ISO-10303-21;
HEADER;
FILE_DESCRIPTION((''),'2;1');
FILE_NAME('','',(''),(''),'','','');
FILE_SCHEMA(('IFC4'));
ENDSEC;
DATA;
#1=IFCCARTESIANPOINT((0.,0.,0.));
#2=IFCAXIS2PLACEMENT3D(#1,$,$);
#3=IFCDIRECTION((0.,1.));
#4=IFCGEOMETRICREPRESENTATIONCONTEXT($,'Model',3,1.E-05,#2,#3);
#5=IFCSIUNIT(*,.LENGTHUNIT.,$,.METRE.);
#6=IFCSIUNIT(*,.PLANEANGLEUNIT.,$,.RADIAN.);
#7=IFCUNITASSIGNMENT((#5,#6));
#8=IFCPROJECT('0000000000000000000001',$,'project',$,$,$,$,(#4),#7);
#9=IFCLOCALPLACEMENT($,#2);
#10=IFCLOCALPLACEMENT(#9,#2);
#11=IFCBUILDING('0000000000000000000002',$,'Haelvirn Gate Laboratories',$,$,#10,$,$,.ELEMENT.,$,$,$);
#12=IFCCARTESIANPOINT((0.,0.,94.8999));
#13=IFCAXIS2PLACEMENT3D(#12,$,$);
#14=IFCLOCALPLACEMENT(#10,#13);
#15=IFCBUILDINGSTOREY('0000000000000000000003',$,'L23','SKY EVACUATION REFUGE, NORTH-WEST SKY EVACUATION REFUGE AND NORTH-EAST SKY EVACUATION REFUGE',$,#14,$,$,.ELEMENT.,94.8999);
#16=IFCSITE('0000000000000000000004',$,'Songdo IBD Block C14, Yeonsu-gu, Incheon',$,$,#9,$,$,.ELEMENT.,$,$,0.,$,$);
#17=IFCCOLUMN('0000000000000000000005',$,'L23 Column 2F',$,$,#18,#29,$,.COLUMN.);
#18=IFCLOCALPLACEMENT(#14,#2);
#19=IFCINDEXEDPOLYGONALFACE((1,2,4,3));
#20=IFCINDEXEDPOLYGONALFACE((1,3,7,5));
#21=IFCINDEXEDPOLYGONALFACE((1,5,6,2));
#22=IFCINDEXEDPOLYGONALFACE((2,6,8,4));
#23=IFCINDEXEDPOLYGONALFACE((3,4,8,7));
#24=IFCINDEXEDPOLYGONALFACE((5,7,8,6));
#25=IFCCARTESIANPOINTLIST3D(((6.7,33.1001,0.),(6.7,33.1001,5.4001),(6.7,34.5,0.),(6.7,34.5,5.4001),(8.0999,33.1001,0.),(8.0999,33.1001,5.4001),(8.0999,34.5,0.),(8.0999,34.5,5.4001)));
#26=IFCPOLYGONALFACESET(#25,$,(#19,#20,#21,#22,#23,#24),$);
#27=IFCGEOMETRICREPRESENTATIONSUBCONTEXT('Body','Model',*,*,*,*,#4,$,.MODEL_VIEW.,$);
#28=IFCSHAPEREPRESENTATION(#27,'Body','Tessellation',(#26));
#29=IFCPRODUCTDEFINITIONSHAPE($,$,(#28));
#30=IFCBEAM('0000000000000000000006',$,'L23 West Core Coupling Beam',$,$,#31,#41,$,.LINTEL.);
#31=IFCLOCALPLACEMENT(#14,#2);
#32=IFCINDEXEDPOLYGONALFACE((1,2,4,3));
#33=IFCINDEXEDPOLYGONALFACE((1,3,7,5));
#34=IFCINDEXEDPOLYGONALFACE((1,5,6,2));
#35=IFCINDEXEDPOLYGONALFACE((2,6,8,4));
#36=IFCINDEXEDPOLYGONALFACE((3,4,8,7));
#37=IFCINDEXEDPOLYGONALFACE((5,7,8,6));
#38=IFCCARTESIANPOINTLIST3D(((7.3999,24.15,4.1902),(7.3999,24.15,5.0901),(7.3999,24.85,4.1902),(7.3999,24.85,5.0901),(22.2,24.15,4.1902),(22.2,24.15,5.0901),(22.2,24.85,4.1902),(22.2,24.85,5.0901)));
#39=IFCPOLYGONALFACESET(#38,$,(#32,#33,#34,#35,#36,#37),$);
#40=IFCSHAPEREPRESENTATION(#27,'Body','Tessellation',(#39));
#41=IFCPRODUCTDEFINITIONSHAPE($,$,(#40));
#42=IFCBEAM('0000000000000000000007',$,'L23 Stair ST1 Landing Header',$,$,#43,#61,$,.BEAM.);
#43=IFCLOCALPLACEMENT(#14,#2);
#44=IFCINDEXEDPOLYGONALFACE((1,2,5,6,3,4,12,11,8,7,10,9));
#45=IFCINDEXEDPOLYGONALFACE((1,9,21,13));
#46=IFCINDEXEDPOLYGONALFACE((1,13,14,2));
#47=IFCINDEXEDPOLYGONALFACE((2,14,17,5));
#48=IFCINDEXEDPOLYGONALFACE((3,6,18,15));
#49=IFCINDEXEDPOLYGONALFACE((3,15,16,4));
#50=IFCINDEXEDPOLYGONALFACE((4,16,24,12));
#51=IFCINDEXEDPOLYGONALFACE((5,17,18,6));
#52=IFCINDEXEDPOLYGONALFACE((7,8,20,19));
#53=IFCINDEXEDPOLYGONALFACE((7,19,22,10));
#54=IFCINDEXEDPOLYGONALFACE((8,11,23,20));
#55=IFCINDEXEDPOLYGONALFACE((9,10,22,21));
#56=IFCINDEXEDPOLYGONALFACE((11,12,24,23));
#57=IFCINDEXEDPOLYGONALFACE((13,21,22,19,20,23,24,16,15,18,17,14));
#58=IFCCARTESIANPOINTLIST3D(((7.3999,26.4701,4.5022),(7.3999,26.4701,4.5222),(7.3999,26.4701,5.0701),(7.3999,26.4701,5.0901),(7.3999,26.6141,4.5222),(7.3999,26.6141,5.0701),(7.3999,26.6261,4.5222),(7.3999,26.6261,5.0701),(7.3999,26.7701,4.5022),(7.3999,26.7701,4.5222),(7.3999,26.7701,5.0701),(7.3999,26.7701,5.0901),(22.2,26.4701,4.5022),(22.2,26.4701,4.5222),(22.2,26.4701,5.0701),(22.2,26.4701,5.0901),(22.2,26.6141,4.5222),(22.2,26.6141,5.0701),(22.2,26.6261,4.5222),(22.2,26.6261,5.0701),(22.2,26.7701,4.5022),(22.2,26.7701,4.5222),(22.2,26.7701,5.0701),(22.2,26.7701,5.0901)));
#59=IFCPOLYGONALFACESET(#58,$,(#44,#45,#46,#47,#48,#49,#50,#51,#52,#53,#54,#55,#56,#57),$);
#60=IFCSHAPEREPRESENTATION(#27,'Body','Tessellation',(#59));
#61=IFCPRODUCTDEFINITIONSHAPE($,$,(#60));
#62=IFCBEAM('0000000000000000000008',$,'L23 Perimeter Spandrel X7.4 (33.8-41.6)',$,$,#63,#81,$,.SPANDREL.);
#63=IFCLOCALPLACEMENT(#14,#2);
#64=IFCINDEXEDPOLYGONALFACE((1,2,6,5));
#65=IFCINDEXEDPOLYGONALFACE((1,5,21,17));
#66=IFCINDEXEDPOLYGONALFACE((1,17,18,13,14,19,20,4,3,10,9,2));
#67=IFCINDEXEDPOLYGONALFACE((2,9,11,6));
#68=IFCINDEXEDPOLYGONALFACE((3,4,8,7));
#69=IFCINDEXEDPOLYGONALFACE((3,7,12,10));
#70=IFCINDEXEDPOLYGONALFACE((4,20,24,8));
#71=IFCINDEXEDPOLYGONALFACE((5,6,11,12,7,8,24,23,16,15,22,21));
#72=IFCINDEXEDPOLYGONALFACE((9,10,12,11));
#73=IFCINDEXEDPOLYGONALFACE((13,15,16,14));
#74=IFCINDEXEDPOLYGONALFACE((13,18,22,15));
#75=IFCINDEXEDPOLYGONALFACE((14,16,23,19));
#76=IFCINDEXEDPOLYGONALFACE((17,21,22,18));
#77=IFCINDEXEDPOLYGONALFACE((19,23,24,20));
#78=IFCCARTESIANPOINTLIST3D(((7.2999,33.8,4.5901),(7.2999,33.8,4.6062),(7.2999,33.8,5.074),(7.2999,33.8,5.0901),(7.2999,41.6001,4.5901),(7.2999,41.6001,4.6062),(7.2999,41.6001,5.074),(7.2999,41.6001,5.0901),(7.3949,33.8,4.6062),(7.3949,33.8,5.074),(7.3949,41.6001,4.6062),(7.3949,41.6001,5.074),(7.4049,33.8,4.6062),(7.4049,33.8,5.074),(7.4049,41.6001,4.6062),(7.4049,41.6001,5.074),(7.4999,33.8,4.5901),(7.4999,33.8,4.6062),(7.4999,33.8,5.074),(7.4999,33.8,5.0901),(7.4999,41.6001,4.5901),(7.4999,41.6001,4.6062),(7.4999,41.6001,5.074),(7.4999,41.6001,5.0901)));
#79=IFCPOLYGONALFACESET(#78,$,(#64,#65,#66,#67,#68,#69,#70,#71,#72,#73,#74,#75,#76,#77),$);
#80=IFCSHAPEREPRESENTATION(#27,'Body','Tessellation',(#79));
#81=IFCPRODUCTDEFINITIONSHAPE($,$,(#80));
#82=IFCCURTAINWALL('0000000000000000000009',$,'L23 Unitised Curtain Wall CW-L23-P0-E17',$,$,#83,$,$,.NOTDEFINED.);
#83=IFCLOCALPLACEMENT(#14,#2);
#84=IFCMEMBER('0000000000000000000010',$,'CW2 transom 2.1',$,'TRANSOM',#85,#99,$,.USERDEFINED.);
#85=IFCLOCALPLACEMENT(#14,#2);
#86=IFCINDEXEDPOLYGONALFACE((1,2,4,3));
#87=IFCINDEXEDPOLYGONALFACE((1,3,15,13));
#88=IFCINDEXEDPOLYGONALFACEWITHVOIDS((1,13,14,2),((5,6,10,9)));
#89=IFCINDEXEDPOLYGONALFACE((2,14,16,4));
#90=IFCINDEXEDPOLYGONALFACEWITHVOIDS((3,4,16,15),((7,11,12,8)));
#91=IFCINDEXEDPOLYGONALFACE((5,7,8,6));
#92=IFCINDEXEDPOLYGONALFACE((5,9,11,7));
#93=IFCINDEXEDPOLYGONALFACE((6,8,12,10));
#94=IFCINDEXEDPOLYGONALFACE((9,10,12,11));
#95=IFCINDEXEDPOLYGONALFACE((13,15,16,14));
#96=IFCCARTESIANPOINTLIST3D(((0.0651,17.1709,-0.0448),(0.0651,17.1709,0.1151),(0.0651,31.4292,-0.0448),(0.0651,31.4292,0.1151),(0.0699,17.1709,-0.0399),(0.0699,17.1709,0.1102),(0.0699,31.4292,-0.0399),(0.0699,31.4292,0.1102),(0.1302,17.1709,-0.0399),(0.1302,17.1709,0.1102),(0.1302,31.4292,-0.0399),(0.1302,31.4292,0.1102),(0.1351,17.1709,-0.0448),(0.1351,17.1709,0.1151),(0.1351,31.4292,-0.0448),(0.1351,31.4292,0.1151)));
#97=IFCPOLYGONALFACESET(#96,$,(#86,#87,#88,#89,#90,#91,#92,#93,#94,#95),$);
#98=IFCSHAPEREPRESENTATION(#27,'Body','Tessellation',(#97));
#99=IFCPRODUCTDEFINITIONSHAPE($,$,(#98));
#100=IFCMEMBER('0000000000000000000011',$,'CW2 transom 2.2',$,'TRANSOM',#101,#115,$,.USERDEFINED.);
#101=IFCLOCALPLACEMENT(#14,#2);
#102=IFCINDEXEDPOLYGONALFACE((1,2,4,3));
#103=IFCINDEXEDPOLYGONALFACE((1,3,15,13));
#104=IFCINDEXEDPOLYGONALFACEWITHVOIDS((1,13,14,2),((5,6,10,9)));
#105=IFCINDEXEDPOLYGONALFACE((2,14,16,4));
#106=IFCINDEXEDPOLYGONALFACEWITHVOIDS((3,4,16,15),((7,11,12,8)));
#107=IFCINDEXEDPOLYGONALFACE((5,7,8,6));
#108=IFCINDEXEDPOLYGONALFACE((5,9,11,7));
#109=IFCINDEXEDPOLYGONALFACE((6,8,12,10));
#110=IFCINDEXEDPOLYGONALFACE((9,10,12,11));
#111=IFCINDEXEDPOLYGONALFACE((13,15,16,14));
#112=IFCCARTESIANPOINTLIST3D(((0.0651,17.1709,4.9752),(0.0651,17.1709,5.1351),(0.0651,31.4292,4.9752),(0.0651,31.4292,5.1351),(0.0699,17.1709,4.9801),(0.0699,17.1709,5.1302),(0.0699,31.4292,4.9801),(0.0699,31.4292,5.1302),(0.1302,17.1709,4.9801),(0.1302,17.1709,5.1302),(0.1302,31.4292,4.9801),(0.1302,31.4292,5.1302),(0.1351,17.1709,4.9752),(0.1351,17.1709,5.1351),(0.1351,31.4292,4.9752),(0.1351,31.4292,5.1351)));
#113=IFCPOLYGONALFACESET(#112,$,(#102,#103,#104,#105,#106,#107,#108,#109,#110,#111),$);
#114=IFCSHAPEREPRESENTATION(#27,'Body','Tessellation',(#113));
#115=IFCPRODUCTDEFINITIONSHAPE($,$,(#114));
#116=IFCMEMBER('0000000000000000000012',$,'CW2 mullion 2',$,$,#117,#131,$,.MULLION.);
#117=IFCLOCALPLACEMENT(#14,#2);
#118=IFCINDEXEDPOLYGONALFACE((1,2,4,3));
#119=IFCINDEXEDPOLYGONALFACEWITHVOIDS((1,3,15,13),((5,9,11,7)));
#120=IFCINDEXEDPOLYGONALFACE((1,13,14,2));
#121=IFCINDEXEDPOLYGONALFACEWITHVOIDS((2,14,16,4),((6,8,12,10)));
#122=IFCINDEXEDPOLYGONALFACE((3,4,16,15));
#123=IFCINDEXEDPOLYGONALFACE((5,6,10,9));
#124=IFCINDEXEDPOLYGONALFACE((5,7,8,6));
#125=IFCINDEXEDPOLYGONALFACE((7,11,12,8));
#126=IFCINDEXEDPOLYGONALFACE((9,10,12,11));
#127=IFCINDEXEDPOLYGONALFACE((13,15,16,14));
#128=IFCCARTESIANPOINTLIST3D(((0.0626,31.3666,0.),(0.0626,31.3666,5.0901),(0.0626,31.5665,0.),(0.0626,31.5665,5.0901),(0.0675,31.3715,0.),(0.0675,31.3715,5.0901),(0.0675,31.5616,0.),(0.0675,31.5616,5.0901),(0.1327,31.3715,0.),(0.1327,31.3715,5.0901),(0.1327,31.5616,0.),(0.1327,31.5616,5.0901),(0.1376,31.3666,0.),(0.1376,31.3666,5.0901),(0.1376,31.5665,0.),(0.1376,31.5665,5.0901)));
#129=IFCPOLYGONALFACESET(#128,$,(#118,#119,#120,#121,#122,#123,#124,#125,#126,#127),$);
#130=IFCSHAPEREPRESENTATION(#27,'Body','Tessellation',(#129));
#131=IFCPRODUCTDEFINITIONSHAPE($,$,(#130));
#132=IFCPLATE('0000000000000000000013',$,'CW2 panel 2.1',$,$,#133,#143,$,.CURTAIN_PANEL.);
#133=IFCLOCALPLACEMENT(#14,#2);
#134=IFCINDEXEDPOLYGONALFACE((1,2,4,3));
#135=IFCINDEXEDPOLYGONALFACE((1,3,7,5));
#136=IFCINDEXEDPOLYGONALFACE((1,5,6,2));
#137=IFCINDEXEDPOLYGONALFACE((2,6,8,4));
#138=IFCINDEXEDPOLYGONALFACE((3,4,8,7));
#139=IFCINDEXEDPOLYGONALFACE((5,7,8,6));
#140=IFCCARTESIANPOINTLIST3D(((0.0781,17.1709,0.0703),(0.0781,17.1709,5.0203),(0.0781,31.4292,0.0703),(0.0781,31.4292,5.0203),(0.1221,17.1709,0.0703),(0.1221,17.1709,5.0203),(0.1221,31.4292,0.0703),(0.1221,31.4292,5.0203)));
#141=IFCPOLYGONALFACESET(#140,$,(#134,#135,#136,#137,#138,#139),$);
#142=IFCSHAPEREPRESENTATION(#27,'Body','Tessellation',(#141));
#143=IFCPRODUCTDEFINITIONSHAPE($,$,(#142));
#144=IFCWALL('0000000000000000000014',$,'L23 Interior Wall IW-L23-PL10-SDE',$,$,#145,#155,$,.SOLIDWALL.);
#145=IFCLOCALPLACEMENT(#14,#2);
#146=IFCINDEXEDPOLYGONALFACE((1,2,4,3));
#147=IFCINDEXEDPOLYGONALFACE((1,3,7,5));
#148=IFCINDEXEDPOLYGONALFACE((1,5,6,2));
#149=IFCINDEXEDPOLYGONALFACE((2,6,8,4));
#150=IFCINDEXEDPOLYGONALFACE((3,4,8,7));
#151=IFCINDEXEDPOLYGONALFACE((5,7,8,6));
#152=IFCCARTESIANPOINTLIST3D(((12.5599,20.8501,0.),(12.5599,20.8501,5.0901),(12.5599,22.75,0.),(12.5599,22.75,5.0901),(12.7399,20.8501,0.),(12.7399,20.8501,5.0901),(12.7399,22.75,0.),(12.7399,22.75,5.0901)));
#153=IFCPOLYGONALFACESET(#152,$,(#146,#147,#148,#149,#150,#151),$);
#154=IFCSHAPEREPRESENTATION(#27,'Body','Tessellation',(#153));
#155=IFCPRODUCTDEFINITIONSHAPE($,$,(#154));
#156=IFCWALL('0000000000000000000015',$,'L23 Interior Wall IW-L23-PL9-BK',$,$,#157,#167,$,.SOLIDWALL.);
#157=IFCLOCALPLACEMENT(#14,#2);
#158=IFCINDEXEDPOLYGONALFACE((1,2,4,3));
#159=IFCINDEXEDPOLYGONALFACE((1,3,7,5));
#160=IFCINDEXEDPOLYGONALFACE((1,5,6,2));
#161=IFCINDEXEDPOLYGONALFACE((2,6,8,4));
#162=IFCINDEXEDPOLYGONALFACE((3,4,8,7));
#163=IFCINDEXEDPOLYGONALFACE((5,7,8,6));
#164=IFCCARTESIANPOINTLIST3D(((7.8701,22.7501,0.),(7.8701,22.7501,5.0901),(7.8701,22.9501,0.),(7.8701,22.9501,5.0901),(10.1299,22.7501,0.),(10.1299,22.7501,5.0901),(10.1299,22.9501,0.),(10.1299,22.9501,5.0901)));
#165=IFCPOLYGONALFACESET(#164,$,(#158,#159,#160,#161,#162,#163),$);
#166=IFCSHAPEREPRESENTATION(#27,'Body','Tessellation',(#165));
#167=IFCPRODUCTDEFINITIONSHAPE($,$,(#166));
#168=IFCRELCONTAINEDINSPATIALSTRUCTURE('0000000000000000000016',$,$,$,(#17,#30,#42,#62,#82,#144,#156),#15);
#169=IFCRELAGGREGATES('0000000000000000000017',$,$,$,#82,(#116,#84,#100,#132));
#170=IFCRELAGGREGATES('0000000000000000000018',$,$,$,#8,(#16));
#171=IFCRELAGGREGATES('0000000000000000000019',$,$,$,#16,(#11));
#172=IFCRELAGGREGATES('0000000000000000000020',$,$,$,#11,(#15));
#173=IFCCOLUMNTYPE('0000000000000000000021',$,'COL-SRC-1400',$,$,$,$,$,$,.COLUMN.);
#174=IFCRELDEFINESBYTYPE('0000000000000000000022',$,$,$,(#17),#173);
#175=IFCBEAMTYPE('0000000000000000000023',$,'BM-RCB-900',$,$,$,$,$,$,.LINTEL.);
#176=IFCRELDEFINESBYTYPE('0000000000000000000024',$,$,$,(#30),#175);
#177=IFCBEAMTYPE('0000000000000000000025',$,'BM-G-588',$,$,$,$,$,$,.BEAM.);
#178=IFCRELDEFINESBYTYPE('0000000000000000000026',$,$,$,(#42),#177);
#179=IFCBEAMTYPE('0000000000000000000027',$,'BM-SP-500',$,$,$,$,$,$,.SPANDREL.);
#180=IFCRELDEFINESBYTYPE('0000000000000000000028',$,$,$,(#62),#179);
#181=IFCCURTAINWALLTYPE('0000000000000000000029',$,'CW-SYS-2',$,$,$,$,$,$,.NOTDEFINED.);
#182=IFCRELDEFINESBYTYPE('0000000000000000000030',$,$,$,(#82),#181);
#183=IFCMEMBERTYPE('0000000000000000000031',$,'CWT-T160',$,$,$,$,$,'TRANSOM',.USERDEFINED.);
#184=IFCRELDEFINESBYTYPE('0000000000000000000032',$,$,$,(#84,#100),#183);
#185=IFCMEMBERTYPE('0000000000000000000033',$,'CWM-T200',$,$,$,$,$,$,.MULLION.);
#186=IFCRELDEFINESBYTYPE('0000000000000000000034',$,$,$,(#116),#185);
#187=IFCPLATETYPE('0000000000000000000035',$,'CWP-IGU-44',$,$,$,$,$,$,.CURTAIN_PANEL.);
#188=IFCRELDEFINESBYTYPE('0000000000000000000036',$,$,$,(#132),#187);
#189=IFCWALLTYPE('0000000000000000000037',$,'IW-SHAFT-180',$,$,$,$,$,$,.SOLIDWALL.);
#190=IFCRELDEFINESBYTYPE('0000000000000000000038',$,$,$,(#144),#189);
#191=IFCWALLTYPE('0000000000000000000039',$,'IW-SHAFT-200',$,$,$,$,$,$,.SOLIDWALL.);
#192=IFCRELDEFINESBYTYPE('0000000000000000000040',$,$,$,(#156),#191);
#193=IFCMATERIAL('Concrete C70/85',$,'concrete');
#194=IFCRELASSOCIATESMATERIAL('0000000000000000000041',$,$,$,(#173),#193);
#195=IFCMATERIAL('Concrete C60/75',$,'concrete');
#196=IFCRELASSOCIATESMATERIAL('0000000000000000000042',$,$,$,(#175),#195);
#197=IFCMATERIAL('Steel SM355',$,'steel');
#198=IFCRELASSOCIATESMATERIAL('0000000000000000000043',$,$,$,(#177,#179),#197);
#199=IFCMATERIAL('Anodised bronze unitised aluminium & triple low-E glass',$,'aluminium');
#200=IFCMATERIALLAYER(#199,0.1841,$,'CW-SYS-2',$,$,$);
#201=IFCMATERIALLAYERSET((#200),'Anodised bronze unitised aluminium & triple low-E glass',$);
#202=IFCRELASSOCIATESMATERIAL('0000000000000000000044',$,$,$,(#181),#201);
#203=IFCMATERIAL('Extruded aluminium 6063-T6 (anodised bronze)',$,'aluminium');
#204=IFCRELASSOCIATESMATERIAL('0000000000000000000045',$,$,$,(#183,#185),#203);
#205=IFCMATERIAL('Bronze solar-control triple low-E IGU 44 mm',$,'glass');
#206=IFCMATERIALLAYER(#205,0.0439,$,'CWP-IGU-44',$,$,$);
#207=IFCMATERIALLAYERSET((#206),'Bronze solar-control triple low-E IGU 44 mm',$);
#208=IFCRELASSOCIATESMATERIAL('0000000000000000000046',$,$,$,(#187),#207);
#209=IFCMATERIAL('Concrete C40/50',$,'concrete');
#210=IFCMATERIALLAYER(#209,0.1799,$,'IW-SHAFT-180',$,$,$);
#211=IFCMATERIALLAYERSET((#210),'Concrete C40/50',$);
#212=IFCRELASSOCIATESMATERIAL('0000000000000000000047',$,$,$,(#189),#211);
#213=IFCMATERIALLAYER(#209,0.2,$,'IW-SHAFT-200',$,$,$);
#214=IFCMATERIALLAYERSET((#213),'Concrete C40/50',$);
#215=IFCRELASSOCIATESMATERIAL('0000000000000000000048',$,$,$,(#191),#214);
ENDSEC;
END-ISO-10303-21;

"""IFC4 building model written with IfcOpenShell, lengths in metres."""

from ifc_helpers import new_model, si_unit, direction, frame, frame_2d, origin, origin_2d, place, context, subcontext, project, spatial, rectangle, hollow_rectangle, i_section, extrude, source, transform, mapped, material, layer, layer_set, material_profile, profile_set, type_object, type_shapes, element, aggregate, save


model = new_model("IFC4")

# Units and contexts
model_context = context("Model", 3, precision=1e-05, world=origin(), true_north=direction((0.0, 1.0)))
body_context = subcontext(model_context, "Body", "Model", "MODEL_VIEW")
ifc_project = project(units=[si_unit("LENGTHUNIT", "METRE"), si_unit("PLANEANGLEUNIT", "RADIAN")], contexts=[model_context])

# Site, building, storey
site_placement = place(None, origin())
site = spatial("IfcSite", under=ifc_project, at=site_placement, Name="Songdo IBD Block C14, Yeonsu-gu, Incheon", CompositionType="ELEMENT", RefElevation=0.0)
building_placement = place(site_placement, origin())
building = spatial("IfcBuilding", under=site, at=building_placement, Name="Haelvirn Gate Laboratories", CompositionType="ELEMENT")
storey_placement = place(building_placement, frame((0.0, 0.0, 94.8999)))
storey = spatial("IfcBuildingStorey", under=building, at=storey_placement, Name="L23", Description="SKY EVACUATION REFUGE, NORTH-WEST SKY EVACUATION REFUGE AND NORTH-EAST SKY EVACUATION REFUGE", CompositionType="ELEMENT", Elevation=94.8999)

# Column
ifc_material_1 = material(Name="Concrete C70/85", Category="concrete")
ifc_material_profile_1 = material_profile(ifc_material_1, rectangle(XDim=1.3999, YDim=1.3999, at=origin_2d()), Name="SRC-1400x1400")
ifc_profile_set_1 = profile_set([ifc_material_profile_1], Name="Concrete C70/85")
column_type = type_object("IfcColumnType", Name="COL-SRC-1400", PredefinedType="COLUMN", material=ifc_profile_set_1)
shared_shape_1 = source(origin(), body_context, "Body", "SweptSolid", [
    extrude(rectangle(XDim=1.3999, YDim=1.3999, at=origin_2d()), origin(), (0.0, 0.0, 1.0), 5.4001),
])
type_shapes(column_type, [shared_shape_1])
column_placement = place(storey_placement, frame((7.3999, 33.8, 0.0), z_axis=(0.0, 0.0, 1.0), x_axis=(1.0, 0.0, 0.0)))
element("IfcColumn", 1, at=column_placement, inside=storey, type_object=column_type, Name="L23 Column 2F", PredefinedType="COLUMN", context=body_context, shape_type="MappedRepresentation", body=[
    mapped(shared_shape_1, transform((0.0, 0.0, 0.0), scale=1.0)),
])

# Beams
ifc_material_2 = material(Name="Concrete C60/75", Category="concrete")
ifc_material_profile_2 = material_profile(ifc_material_2, rectangle(XDim=0.7, YDim=0.8999, at=origin_2d()), Name="RCB-700x900")
ifc_profile_set_2 = profile_set([ifc_material_profile_2], Name="Concrete C60/75")
beam_type_1 = type_object("IfcBeamType", Name="BM-RCB-900", PredefinedType="LINTEL", material=ifc_profile_set_2)
shared_shape_2 = source(origin(), body_context, "Body", "SweptSolid", [
    extrude(rectangle(XDim=0.7, YDim=0.8999, at=origin_2d()), origin(), (0.0, 0.0, 1.0), 14.8),
])
type_shapes(beam_type_1, [shared_shape_2])
beam_1_placement = place(storey_placement, frame((7.3999, 24.5, 4.6401), z_axis=(1.0, 0.0, 0.0), x_axis=(0.0, 1.0, 0.0)))
element("IfcBeam", 2, at=beam_1_placement, inside=storey, type_object=beam_type_1, Name="L23 West Core Coupling Beam", PredefinedType="LINTEL", context=body_context, shape_type="MappedRepresentation", body=[
    mapped(shared_shape_2, transform((0.0, 0.0, 0.0), scale=1.0)),
])
ifc_material_3 = material(Name="Steel SM355", Category="steel")
ifc_material_profile_3 = material_profile(ifc_material_3, i_section(OverallWidth=0.3, OverallDepth=0.5879, WebThickness=0.012, FlangeThickness=0.02, at=origin_2d()), Name="H-588x300x12x20")
ifc_profile_set_3 = profile_set([ifc_material_profile_3], Name="Steel SM355")
beam_type_2 = type_object("IfcBeamType", Name="BM-G-588", PredefinedType="BEAM", material=ifc_profile_set_3)
shared_shape_3 = source(origin(), body_context, "Body", "SweptSolid", [
    extrude(i_section(OverallWidth=0.3, OverallDepth=0.5879, WebThickness=0.012, FlangeThickness=0.02, at=origin_2d()), origin(), (0.0, 0.0, 1.0), 14.8),
])
type_shapes(beam_type_2, [shared_shape_3])
beam_2_placement = place(storey_placement, frame((7.3999, 26.6201, 4.7961), z_axis=(1.0, 0.0, 0.0), x_axis=(0.0, 1.0, 0.0)))
element("IfcBeam", 3, at=beam_2_placement, inside=storey, type_object=beam_type_2, Name="L23 Stair ST1 Landing Header", PredefinedType="BEAM", context=body_context, shape_type="MappedRepresentation", body=[
    mapped(shared_shape_3, transform((0.0, 0.0, 0.0), scale=1.0)),
])
ifc_material_profile_4 = material_profile(ifc_material_3, i_section(OverallWidth=0.2, OverallDepth=0.5, WebThickness=0.01, FlangeThickness=0.0161, at=origin_2d()), Name="H-500x200x10x16")
ifc_profile_set_4 = profile_set([ifc_material_profile_4], Name="Steel SM355")
beam_type_3 = type_object("IfcBeamType", Name="BM-SP-500", PredefinedType="SPANDREL", material=ifc_profile_set_4)
shared_shape_4 = source(origin(), body_context, "Body", "SweptSolid", [
    extrude(i_section(OverallWidth=0.2, OverallDepth=0.5, WebThickness=0.01, FlangeThickness=0.0161, at=origin_2d()), origin(), (0.0, 0.0, 1.0), 7.8),
])
type_shapes(beam_type_3, [shared_shape_4])
beam_3_placement = place(storey_placement, frame((7.3999, 33.8, 4.8401), z_axis=(0.0, 1.0, 0.0), x_axis=(-1.0, 0.0, 0.0)))
element("IfcBeam", 4, at=beam_3_placement, inside=storey, type_object=beam_type_3, Name="L23 Perimeter Spandrel X7.4 (33.8-41.6)", PredefinedType="SPANDREL", context=body_context, shape_type="MappedRepresentation", body=[
    mapped(shared_shape_4, transform((0.0, 0.0, 0.0), scale=1.0)),
])

# Curtain wall, members, plate
ifc_material_4 = material(Name="Anodised bronze unitised aluminium & triple low-E glass", Category="aluminium")
ifc_layer_1 = layer(ifc_material_4, 0.1841, Name="CW-SYS-2")
ifc_layer_set_1 = layer_set([ifc_layer_1], Name="Anodised bronze unitised aluminium & triple low-E glass")
curtain_wall_type = type_object("IfcCurtainWallType", Name="CW-SYS-2", PredefinedType="NOTDEFINED", material=ifc_layer_set_1)
curtain_wall_placement = place(storey_placement, origin())
curtain_wall = element("IfcCurtainWall", 5, at=curtain_wall_placement, inside=storey, type_object=curtain_wall_type, Name="L23 Unitised Curtain Wall CW-L23-P0-E17", PredefinedType="NOTDEFINED")
ifc_material_5 = material(Name="Extruded aluminium 6063-T6 (anodised bronze)", Category="aluminium")
ifc_material_profile_5 = material_profile(ifc_material_5, hollow_rectangle(XDim=0.0701, YDim=0.1599, WallThickness=0.0049, at=origin_2d()), Name="CWT-160x70x5")
ifc_profile_set_5 = profile_set([ifc_material_profile_5], Name="Extruded aluminium 6063-T6 (anodised bronze)")
member_type_1 = type_object("IfcMemberType", Name="CWT-T160", ElementType="TRANSOM", PredefinedType="USERDEFINED", material=ifc_profile_set_5)
shared_shape_5 = source(origin(), body_context, "Body", "SweptSolid", [
    extrude(hollow_rectangle(XDim=0.0701, YDim=0.1599, WallThickness=0.0049, at=origin_2d()), origin(), (0.0, 0.0, 1.0), 14.2583),
])
type_shapes(member_type_1, [shared_shape_5])
member_1_placement = place(storey_placement, frame((0.1001, 31.4292, 0.0352), z_axis=(0.0, -1.0, 0.0), x_axis=(1.0, 0.0, 0.0)))
member_1 = element("IfcMember", 6, at=member_1_placement, type_object=member_type_1, Name="CW2 transom 2.1", ObjectType="TRANSOM", PredefinedType="USERDEFINED", context=body_context, shape_type="MappedRepresentation", body=[
    mapped(shared_shape_5, transform((0.0, 0.0, 0.0), scale=1.0)),
])
member_2_placement = place(storey_placement, frame((0.1001, 31.4292, 5.0552), z_axis=(0.0, -1.0, 0.0), x_axis=(1.0, 0.0, 0.0)))
member_2 = element("IfcMember", 7, at=member_2_placement, type_object=member_type_1, Name="CW2 transom 2.2", ObjectType="TRANSOM", PredefinedType="USERDEFINED", context=body_context, shape_type="MappedRepresentation", body=[
    mapped(shared_shape_5, transform((0.0, 0.0, 0.0), scale=1.0)),
])
ifc_material_profile_6 = material_profile(ifc_material_5, hollow_rectangle(XDim=0.075, YDim=0.2, WallThickness=0.0049, at=origin_2d()), Name="CWM-200x75x5")
ifc_profile_set_6 = profile_set([ifc_material_profile_6], Name="Extruded aluminium 6063-T6 (anodised bronze)")
member_type_2 = type_object("IfcMemberType", Name="CWM-T200", PredefinedType="MULLION", material=ifc_profile_set_6)
shared_shape_6 = source(origin(), body_context, "Body", "SweptSolid", [
    extrude(hollow_rectangle(XDim=0.075, YDim=0.2, WallThickness=0.0049, at=origin_2d()), origin(), (0.0, 0.0, 1.0), 5.0901),
])
type_shapes(member_type_2, [shared_shape_6])
member_3_placement = place(storey_placement, frame((0.1001, 31.4666, 0.0), z_axis=(0.0, 0.0, 1.0), x_axis=(1.0, 0.0, 0.0)))
member_3 = element("IfcMember", 8, at=member_3_placement, type_object=member_type_2, Name="CW2 mullion 2", PredefinedType="MULLION", context=body_context, shape_type="MappedRepresentation", body=[
    mapped(shared_shape_6, transform((0.0, 0.0, 0.0), scale=1.0)),
])
ifc_material_6 = material(Name="Bronze solar-control triple low-E IGU 44 mm", Category="glass")
ifc_layer_2 = layer(ifc_material_6, 0.0439, Name="CWP-IGU-44")
ifc_layer_set_2 = layer_set([ifc_layer_2], Name="Bronze solar-control triple low-E IGU 44 mm")
plate_type = type_object("IfcPlateType", Name="CWP-IGU-44", PredefinedType="CURTAIN_PANEL", material=ifc_layer_set_2)
shared_shape_7 = source(origin(), body_context, "Body", "SweptSolid", [
    extrude(rectangle(XDim=14.2583, YDim=0.0439, at=origin_2d()), origin(), (0.0, 0.0, 1.0), 4.95),
])
type_shapes(plate_type, [shared_shape_7])
plate_placement = place(storey_placement, frame((0.1001, 24.3, 0.0703), z_axis=(0.0, 0.0, 1.0), x_axis=(0.0, -1.0, 0.0)))
plate = element("IfcPlate", 9, at=plate_placement, type_object=plate_type, Name="CW2 panel 2.1", PredefinedType="CURTAIN_PANEL", context=body_context, shape_type="MappedRepresentation", body=[
    mapped(shared_shape_7, transform((0.0, 0.0, 0.0), scale=1.0)),
])
aggregate(curtain_wall, [member_3, member_1, member_2, plate])

# Walls
ifc_material_7 = material(Name="Concrete C40/50", Category="concrete")
ifc_layer_3 = layer(ifc_material_7, 0.1799, Name="IW-SHAFT-180")
ifc_layer_set_3 = layer_set([ifc_layer_3], Name="Concrete C40/50")
wall_type_1 = type_object("IfcWallType", Name="IW-SHAFT-180", PredefinedType="SOLIDWALL", material=ifc_layer_set_3)
wall_1_placement = place(storey_placement, frame((12.6499, 20.8501, 0.0), z_axis=(0.0, 0.0, 1.0), x_axis=(0.0, 1.0, 0.0)))
element("IfcWall", 10, at=wall_1_placement, inside=storey, type_object=wall_type_1, Name="L23 Interior Wall IW-L23-PL10-SDE", PredefinedType="SOLIDWALL", context=body_context, shape_type="SweptSolid", body=[
    extrude(rectangle(XDim=1.8999, YDim=0.1799, at=frame_2d((0.95, 0.0))), origin(), (0.0, 0.0, 1.0), 5.0901),
])
ifc_layer_4 = layer(ifc_material_7, 0.2, Name="IW-SHAFT-200")
ifc_layer_set_4 = layer_set([ifc_layer_4], Name="Concrete C40/50")
wall_type_2 = type_object("IfcWallType", Name="IW-SHAFT-200", PredefinedType="SOLIDWALL", material=ifc_layer_set_4)
wall_2_placement = place(storey_placement, frame((7.8701, 22.8501, 0.0), z_axis=(0.0, 0.0, 1.0), x_axis=(1.0, 0.0, 0.0)))
element("IfcWall", 11, at=wall_2_placement, inside=storey, type_object=wall_type_2, Name="L23 Interior Wall IW-L23-PL9-BK", PredefinedType="SOLIDWALL", context=body_context, shape_type="SweptSolid", body=[
    extrude(rectangle(XDim=2.2598, YDim=0.2, at=frame_2d((1.1299, 0.0))), origin(), (0.0, 0.0, 1.0), 5.0901),
])

save(model, "model.ifc")
